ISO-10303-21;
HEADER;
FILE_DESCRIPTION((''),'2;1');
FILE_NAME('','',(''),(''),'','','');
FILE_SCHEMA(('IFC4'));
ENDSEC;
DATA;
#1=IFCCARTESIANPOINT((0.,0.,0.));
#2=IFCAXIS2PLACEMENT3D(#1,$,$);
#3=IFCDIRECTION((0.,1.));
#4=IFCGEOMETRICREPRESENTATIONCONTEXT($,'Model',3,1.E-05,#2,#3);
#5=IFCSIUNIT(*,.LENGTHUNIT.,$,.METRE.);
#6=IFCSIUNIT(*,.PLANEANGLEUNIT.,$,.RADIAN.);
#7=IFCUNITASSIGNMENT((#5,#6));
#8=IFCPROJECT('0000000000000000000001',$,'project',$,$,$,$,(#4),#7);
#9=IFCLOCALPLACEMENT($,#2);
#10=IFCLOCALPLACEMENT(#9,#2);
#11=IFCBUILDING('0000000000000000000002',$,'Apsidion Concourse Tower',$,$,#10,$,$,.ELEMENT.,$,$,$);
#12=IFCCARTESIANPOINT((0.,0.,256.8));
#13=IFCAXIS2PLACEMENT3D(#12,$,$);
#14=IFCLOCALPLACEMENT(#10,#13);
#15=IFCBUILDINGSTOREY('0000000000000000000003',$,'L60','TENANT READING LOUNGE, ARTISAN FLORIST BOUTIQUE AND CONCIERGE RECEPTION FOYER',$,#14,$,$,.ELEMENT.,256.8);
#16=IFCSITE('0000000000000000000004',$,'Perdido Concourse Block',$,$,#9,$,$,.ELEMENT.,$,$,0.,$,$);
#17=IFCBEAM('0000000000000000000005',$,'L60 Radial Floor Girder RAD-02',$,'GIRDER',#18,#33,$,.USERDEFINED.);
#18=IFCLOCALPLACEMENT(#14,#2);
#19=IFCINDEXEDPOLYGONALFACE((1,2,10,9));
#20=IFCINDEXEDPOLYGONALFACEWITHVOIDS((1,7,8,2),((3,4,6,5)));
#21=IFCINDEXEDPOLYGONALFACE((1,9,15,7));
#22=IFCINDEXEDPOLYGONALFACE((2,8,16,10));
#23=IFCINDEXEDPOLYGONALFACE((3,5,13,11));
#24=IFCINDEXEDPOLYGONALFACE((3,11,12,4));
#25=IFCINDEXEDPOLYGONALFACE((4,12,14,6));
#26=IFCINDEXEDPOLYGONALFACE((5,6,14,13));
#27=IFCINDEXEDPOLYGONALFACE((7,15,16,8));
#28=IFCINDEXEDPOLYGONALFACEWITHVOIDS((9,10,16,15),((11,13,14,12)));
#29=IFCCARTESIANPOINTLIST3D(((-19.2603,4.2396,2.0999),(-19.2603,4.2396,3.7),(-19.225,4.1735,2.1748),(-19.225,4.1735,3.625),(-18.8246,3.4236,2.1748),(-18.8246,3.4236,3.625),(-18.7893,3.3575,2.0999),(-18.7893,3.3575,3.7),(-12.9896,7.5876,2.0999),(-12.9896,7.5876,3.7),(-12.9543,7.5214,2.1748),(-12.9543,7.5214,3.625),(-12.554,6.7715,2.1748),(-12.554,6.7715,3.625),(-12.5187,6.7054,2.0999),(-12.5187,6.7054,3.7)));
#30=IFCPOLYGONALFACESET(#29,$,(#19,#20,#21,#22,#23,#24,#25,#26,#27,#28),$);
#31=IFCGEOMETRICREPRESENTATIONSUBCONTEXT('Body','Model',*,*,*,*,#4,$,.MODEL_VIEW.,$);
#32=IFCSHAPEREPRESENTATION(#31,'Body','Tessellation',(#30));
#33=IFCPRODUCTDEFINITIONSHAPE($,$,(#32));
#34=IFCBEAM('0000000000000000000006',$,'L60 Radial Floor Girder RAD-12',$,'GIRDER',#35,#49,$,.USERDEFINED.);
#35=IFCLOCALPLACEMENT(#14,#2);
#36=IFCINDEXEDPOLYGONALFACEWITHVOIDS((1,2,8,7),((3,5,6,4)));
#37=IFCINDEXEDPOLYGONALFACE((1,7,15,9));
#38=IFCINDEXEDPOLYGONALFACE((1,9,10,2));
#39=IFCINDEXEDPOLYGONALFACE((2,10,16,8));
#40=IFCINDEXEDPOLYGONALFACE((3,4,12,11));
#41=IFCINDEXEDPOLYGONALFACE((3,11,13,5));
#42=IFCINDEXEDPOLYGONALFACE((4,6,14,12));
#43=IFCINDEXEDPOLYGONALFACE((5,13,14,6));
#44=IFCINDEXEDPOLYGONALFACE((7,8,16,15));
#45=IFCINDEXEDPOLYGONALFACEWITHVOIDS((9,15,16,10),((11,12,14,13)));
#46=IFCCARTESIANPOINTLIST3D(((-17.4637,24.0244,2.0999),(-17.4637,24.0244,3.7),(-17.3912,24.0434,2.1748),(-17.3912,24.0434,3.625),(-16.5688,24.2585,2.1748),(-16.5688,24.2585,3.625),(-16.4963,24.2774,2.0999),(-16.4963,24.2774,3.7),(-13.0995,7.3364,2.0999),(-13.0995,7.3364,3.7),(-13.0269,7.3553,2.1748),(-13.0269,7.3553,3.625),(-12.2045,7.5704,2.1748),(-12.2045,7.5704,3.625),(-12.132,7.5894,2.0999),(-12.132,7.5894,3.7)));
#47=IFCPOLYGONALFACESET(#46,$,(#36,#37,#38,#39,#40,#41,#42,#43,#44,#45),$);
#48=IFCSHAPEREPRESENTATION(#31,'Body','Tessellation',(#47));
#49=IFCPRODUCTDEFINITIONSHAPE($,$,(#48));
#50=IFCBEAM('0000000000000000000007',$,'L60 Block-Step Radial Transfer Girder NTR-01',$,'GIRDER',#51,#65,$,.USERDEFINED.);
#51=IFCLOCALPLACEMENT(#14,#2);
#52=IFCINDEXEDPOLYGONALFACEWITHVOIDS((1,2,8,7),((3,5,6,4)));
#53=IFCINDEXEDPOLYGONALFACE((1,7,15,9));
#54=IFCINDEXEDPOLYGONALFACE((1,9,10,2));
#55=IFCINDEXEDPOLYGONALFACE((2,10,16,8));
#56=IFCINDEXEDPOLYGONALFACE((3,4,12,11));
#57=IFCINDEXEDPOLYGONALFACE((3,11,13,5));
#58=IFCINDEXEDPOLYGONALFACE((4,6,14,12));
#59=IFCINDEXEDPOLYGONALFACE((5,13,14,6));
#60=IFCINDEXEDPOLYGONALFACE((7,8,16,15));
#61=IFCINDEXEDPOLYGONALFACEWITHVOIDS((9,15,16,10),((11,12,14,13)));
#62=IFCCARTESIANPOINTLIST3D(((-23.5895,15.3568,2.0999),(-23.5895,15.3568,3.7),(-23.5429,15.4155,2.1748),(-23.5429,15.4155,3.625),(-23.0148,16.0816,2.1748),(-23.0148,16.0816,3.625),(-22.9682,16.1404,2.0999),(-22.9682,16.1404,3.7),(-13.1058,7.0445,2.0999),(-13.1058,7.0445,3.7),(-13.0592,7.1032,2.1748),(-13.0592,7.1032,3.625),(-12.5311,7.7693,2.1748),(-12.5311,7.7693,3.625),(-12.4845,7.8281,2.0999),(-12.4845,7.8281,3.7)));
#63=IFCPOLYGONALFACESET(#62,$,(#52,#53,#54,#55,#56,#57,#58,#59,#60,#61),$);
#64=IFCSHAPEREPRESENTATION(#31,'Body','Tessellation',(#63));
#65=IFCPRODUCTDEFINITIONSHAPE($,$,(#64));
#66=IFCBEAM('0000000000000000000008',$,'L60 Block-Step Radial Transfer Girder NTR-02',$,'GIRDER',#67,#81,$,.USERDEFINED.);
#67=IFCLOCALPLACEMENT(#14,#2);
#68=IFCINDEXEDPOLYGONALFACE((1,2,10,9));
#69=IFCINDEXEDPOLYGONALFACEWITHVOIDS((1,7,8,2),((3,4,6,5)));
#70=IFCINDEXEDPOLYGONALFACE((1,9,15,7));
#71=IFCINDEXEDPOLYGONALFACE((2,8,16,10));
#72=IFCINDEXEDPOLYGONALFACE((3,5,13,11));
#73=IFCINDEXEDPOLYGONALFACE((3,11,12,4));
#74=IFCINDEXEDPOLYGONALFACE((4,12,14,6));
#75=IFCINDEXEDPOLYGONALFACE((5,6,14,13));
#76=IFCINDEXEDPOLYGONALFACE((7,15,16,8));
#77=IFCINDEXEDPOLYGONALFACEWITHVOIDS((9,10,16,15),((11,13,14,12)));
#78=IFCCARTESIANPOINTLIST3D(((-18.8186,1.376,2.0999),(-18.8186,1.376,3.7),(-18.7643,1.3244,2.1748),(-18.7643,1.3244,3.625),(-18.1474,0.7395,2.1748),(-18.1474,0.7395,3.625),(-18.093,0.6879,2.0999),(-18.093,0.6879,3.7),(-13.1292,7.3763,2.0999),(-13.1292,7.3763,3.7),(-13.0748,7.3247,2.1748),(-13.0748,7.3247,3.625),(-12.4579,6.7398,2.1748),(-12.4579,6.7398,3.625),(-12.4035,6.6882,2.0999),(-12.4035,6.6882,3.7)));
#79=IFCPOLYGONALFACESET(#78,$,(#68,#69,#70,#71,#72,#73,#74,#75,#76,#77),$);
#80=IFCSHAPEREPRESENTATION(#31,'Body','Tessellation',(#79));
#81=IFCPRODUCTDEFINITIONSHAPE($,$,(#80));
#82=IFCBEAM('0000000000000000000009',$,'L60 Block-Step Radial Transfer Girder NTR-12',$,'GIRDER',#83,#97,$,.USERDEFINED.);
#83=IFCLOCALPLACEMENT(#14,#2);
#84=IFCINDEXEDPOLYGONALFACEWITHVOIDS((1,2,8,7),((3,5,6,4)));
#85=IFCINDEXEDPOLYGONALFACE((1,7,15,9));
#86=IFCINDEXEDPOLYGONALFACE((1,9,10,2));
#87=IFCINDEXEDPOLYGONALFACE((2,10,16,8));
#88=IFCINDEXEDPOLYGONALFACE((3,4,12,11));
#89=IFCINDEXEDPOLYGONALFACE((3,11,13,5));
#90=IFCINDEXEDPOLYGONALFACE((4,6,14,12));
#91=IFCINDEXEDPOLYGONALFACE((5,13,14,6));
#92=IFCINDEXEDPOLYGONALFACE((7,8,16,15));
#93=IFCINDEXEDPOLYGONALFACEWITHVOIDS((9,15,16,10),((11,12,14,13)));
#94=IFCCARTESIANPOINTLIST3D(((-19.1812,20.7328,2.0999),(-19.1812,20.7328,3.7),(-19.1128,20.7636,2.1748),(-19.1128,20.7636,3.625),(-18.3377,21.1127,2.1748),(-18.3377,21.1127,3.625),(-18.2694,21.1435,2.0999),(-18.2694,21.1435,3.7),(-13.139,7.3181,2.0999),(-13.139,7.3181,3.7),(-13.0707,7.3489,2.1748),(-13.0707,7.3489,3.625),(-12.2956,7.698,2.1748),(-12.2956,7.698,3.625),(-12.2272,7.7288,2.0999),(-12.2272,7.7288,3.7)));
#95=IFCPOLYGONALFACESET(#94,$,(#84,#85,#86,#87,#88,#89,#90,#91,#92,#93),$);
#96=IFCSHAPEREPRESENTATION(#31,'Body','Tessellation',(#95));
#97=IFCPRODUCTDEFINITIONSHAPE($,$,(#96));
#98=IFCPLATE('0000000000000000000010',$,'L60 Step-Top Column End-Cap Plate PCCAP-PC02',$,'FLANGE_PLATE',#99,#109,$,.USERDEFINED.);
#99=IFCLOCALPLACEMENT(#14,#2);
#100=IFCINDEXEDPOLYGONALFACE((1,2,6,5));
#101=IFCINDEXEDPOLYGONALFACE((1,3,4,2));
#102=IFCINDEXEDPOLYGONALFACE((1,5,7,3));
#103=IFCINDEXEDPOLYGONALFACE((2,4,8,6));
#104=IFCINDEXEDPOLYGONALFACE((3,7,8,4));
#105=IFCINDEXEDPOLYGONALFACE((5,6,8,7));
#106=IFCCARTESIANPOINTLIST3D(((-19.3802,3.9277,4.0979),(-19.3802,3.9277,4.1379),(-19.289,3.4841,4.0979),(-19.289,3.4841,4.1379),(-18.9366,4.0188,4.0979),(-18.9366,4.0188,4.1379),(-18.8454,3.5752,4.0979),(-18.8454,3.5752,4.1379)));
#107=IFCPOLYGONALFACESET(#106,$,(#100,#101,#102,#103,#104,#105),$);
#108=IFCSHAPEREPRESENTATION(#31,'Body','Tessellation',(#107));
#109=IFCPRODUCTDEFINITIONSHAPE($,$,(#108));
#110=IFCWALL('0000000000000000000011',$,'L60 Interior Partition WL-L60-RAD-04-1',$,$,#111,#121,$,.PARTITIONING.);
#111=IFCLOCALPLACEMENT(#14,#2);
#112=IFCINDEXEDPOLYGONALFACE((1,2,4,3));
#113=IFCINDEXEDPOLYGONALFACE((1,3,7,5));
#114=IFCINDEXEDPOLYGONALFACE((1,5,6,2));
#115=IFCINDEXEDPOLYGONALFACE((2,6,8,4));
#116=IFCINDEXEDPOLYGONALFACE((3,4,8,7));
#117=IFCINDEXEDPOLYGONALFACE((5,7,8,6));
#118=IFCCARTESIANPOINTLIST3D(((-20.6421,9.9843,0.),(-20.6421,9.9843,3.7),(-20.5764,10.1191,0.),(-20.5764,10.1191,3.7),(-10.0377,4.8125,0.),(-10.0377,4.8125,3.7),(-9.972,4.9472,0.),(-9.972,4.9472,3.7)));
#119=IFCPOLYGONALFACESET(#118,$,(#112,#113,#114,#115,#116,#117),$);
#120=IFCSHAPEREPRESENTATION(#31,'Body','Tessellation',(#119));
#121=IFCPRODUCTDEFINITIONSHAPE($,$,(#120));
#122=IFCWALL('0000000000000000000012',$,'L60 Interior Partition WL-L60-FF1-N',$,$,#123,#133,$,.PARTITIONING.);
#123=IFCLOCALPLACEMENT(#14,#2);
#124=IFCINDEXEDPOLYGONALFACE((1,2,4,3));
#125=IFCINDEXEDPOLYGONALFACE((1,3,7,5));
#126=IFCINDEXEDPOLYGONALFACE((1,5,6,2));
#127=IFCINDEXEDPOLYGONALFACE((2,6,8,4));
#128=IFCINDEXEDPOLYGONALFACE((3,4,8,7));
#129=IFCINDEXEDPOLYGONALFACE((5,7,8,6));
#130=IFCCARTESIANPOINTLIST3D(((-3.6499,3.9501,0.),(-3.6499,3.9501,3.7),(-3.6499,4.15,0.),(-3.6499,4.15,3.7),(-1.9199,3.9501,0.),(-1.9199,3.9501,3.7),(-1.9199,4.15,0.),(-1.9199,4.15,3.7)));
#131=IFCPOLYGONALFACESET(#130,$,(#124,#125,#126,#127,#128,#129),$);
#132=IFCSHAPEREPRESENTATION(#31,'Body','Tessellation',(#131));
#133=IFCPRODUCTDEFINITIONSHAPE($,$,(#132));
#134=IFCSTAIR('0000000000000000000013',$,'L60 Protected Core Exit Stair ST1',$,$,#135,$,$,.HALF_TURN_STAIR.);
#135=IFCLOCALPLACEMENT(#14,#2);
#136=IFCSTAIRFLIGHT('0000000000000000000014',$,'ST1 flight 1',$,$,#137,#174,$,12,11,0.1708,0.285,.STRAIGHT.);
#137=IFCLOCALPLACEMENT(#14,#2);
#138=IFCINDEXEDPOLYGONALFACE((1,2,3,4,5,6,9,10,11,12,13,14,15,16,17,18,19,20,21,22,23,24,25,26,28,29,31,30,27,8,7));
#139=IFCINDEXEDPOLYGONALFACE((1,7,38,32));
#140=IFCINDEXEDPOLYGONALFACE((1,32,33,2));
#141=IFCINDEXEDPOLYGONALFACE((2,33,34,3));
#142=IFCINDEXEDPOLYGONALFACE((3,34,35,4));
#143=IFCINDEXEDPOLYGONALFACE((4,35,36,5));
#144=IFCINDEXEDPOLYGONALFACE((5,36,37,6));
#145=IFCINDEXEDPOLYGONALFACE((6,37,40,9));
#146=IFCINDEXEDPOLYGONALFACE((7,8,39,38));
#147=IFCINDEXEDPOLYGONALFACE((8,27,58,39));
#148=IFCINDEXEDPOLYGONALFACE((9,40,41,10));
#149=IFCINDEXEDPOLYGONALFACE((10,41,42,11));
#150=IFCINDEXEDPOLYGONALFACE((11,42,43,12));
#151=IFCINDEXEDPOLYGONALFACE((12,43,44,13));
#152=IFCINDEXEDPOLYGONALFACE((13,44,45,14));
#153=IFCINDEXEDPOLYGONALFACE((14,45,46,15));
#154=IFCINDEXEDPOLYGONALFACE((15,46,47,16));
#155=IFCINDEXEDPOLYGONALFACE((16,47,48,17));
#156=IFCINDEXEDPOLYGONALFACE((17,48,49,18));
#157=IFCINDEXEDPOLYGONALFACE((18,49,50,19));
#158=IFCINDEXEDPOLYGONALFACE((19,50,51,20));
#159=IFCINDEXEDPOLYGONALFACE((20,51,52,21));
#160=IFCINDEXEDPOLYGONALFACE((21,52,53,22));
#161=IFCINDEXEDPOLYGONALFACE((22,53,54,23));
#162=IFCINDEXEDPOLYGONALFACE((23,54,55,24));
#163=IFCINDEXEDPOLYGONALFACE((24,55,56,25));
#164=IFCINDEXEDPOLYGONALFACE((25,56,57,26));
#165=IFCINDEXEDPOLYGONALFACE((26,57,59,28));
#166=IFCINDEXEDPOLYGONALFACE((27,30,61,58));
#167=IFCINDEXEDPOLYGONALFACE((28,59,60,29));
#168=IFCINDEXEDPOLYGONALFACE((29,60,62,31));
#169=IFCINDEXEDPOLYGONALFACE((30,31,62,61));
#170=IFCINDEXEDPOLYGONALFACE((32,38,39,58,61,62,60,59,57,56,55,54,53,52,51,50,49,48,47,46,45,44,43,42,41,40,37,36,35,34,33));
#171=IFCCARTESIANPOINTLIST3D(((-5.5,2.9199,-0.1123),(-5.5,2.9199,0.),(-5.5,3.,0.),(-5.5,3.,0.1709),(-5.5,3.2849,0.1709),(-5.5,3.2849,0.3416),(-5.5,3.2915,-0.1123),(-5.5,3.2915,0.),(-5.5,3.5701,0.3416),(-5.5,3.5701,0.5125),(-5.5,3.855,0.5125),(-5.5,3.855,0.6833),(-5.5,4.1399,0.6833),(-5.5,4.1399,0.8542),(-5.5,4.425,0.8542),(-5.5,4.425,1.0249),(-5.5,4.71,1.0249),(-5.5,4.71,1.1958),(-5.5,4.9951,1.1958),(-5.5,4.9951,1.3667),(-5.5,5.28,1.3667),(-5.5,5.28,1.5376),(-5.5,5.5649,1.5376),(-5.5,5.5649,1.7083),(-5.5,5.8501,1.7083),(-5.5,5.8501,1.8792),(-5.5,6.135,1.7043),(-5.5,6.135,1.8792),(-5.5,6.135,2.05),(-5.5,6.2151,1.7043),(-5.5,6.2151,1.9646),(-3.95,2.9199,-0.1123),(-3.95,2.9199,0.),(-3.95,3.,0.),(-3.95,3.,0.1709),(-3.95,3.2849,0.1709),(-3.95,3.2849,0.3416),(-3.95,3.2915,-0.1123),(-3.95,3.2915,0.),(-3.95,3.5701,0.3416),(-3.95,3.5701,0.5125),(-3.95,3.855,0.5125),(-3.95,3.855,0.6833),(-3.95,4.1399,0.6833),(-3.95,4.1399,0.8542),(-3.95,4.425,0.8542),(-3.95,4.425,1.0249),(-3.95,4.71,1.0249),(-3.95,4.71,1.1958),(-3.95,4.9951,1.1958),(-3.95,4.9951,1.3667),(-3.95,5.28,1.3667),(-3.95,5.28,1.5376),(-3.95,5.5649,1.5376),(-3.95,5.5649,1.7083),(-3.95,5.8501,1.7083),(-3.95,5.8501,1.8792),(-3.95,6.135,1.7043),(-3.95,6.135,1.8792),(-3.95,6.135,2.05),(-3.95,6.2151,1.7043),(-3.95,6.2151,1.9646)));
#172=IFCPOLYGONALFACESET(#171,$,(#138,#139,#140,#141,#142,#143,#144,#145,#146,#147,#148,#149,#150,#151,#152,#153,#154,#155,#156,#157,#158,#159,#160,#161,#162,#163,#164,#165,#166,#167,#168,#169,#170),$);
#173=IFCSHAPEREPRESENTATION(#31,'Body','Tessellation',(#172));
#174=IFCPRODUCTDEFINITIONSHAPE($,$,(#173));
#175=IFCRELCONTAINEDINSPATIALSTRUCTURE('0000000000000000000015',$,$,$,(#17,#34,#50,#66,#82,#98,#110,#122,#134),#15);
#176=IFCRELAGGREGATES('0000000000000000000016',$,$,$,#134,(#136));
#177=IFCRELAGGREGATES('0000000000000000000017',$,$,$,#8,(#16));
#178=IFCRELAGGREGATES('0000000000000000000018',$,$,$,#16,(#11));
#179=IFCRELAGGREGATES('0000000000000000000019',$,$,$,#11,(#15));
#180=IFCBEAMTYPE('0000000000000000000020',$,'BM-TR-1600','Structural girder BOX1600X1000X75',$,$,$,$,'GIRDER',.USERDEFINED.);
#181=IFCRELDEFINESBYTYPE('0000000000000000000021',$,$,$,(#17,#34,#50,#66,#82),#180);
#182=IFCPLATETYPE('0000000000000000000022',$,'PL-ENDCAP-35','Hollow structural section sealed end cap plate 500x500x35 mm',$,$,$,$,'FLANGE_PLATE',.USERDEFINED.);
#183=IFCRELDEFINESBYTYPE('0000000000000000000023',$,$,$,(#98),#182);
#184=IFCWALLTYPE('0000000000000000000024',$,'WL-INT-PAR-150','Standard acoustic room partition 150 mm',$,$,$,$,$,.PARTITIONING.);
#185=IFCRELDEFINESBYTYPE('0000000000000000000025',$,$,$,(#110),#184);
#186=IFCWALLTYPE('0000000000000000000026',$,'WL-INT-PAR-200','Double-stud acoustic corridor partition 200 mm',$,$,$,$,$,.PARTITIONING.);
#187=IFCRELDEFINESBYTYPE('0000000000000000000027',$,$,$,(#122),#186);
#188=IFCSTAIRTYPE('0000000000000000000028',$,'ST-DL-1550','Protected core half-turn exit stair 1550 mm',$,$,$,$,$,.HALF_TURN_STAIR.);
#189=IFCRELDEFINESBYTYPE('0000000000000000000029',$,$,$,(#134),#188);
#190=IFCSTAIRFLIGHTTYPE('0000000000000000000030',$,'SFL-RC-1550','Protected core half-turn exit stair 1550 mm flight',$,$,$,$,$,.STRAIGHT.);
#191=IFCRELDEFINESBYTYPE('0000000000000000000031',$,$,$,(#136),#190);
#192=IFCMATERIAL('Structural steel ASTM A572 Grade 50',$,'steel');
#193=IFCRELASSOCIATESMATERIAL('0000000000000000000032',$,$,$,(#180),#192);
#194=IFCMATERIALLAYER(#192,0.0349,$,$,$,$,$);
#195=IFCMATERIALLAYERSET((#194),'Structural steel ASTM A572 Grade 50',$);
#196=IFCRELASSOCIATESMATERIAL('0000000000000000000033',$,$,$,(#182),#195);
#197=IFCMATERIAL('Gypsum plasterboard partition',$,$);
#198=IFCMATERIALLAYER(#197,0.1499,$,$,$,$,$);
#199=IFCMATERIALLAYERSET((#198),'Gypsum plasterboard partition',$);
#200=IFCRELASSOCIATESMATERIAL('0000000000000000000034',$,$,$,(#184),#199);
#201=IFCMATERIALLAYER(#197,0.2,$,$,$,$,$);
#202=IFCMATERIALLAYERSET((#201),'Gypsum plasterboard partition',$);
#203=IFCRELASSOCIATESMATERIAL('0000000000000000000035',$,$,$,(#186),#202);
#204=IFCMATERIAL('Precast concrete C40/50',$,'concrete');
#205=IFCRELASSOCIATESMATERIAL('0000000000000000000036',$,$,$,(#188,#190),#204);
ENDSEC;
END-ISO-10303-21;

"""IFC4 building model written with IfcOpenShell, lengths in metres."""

from ifc_helpers import new_model, si_unit, direction, frame, frame_2d, origin, origin_2d, place, context, subcontext, project, spatial, polyline, rectangle, hollow_rectangle, outline, extrude, material, layer, layer_set, material_profile, profile_set, type_object, element, aggregate, save


model = new_model("IFC4")

# Units and contexts
model_context = context("Model", 3, precision=1e-05, world=origin(), true_north=direction((0.0, 1.0)))
body_context = subcontext(model_context, "Body", "Model", "MODEL_VIEW")
ifc_project = project(units=[si_unit("LENGTHUNIT", "METRE"), si_unit("PLANEANGLEUNIT", "RADIAN")], contexts=[model_context])

# Site, building, storey
site_placement = place(None, origin())
site = spatial("IfcSite", under=ifc_project, at=site_placement, Name="Perdido Concourse Block", CompositionType="ELEMENT", RefElevation=0.0)
building_placement = place(site_placement, origin())
building = spatial("IfcBuilding", under=site, at=building_placement, Name="Apsidion Concourse Tower", CompositionType="ELEMENT")
storey_placement = place(building_placement, frame((0.0, 0.0, 256.8)))
storey = spatial("IfcBuildingStorey", under=building, at=storey_placement, Name="L60", Description="TENANT READING LOUNGE, ARTISAN FLORIST BOUTIQUE AND CONCIERGE RECEPTION FOYER", CompositionType="ELEMENT", Elevation=256.8)

# Beams
ifc_material_1 = material(Name="Structural steel ASTM A572 Grade 50", Category="steel")
ifc_material_profile_1 = material_profile(ifc_material_1, hollow_rectangle(XDim=1.0, YDim=1.6001, WallThickness=0.075, at=origin_2d()), Name="BOX1600X1000X75")
ifc_profile_set_1 = profile_set([ifc_material_profile_1], Name="Structural steel ASTM A572 Grade 50")
beam_type_1 = type_object("IfcBeamType", Name="BM-TR-1600", Description="Structural girder BOX1600X1000X75", ElementType="GIRDER", PredefinedType="USERDEFINED", material=ifc_profile_set_1)
beam_1_placement = place(storey_placement, frame((-12.7542, 7.1465, 2.8999), z_axis=(-0.882141, -0.470986, 0.0), x_axis=(0.470986, -0.882141, 0.0)))
element("IfcBeam", 1, at=beam_1_placement, inside=storey, type_object=beam_type_1, Name="L60 Radial Floor Girder RAD-02", ObjectType="GIRDER", PredefinedType="USERDEFINED", context=body_context, shape_type="SweptSolid", body=[
    extrude(hollow_rectangle(XDim=1.0, YDim=1.6001, WallThickness=0.075, at=origin_2d()), origin(), (0.0, 0.0, 1.0), 7.1084),
])
beam_2_placement = place(storey_placement, frame((-12.6157, 7.4629, 2.8999), z_axis=(-0.253012, 0.967463, 0.0), x_axis=(-0.967463, -0.253012, 0.0)))
element("IfcBeam", 2, at=beam_2_placement, inside=storey, type_object=beam_type_1, Name="L60 Radial Floor Girder RAD-12", ObjectType="GIRDER", PredefinedType="USERDEFINED", context=body_context, shape_type="SweptSolid", body=[
    extrude(hollow_rectangle(XDim=1.0, YDim=1.6001, WallThickness=0.075, at=origin_2d()), origin(), (0.0, 0.0, 1.0), 17.2493),
])
beam_3_placement = place(storey_placement, frame((-12.7952, 7.4363, 2.8999), z_axis=(-0.783583, 0.621287, 0.0), x_axis=(-0.621287, -0.783583, 0.0)))
element("IfcBeam", 3, at=beam_3_placement, inside=storey, type_object=beam_type_1, Name="L60 Block-Step Radial Transfer Girder NTR-01", ObjectType="GIRDER", PredefinedType="USERDEFINED", context=body_context, shape_type="SweptSolid", body=[
    extrude(hollow_rectangle(XDim=1.0, YDim=1.6001, WallThickness=0.075, at=origin_2d()), origin(), (0.0, 0.0, 1.0), 13.3792),
])
beam_4_placement = place(storey_placement, frame((-12.7664, 7.0322, 2.8999), z_axis=(-0.688064, -0.72565, 0.0), x_axis=(0.72565, -0.688064, 0.0)))
element("IfcBeam", 4, at=beam_4_placement, inside=storey, type_object=beam_type_1, Name="L60 Block-Step Radial Transfer Girder NTR-02", ObjectType="GIRDER", PredefinedType="USERDEFINED", context=body_context, shape_type="SweptSolid", body=[
    extrude(hollow_rectangle(XDim=1.0, YDim=1.6001, WallThickness=0.075, at=origin_2d()), origin(), (0.0, 0.0, 1.0), 8.2688),
])
beam_5_placement = place(storey_placement, frame((-12.6831, 7.5234, 2.8999), z_axis=(-0.41068, 0.91178, 0.0), x_axis=(-0.91178, -0.41068, 0.0)))
element("IfcBeam", 5, at=beam_5_placement, inside=storey, type_object=beam_type_1, Name="L60 Block-Step Radial Transfer Girder NTR-12", ObjectType="GIRDER", PredefinedType="USERDEFINED", context=body_context, shape_type="SweptSolid", body=[
    extrude(hollow_rectangle(XDim=1.0, YDim=1.6001, WallThickness=0.075, at=origin_2d()), origin(), (0.0, 0.0, 1.0), 14.7126),
])

# Plate
ifc_layer_1 = layer(ifc_material_1, 0.0349)
ifc_layer_set_1 = layer_set([ifc_layer_1], Name="Structural steel ASTM A572 Grade 50")
plate_type = type_object("IfcPlateType", Name="PL-ENDCAP-35", Description="Hollow structural section sealed end cap plate 500x500x35 mm", ElementType="FLANGE_PLATE", PredefinedType="USERDEFINED", material=ifc_layer_set_1)
plate_placement = place(storey_placement, frame((-19.1128, 3.7515, 4.0979), z_axis=(0.0, 0.0, 1.0), x_axis=(-0.201249, 0.97954, 0.0)))
element("IfcPlate", 6, at=plate_placement, inside=storey, type_object=plate_type, Name="L60 Step-Top Column End-Cap Plate PCCAP-PC02", ObjectType="FLANGE_PLATE", PredefinedType="USERDEFINED", context=body_context, shape_type="SweptSolid", body=[
    extrude(rectangle(XDim=0.4529, YDim=0.4529, at=origin_2d()), origin(), (0.0, 0.0, 1.0), 0.04),
])

# Walls
ifc_material_2 = material(Name="Gypsum plasterboard partition")
ifc_layer_2 = layer(ifc_material_2, 0.1499)
ifc_layer_set_2 = layer_set([ifc_layer_2], Name="Gypsum plasterboard partition")
wall_type_1 = type_object("IfcWallType", Name="WL-INT-PAR-150", Description="Standard acoustic room partition 150 mm", PredefinedType="PARTITIONING", material=ifc_layer_set_2)
wall_1_placement = place(storey_placement, frame((-10.0049, 4.8799, 0.0), z_axis=(0.0, 0.0, 1.0), x_axis=(-0.898803, 0.438352, 0.0)))
element("IfcWall", 7, at=wall_1_placement, inside=storey, type_object=wall_type_1, Name="L60 Interior Partition WL-L60-RAD-04-1", PredefinedType="PARTITIONING", context=body_context, shape_type="SweptSolid", body=[
    extrude(rectangle(XDim=11.7983, YDim=0.1499, at=frame_2d((5.8992, 0.0))), origin(), (0.0, 0.0, 1.0), 3.7),
])
ifc_layer_3 = layer(ifc_material_2, 0.2)
ifc_layer_set_3 = layer_set([ifc_layer_3], Name="Gypsum plasterboard partition")
wall_type_2 = type_object("IfcWallType", Name="WL-INT-PAR-200", Description="Double-stud acoustic corridor partition 200 mm", PredefinedType="PARTITIONING", material=ifc_layer_set_3)
wall_2_placement = place(storey_placement, frame((-3.6499, 4.05, 0.0), z_axis=(0.0, 0.0, 1.0), x_axis=(1.0, 0.0, 0.0)))
element("IfcWall", 8, at=wall_2_placement, inside=storey, type_object=wall_type_2, Name="L60 Interior Partition WL-L60-FF1-N", PredefinedType="PARTITIONING", context=body_context, shape_type="SweptSolid", body=[
    extrude(rectangle(XDim=1.73, YDim=0.2, at=frame_2d((0.865, 0.0))), origin(), (0.0, 0.0, 1.0), 3.7),
])

# Stair, stair flight
ifc_material_3 = material(Name="Precast concrete C40/50", Category="concrete")
stair_type = type_object("IfcStairType", Name="ST-DL-1550", Description="Protected core half-turn exit stair 1550 mm", PredefinedType="HALF_TURN_STAIR", material=ifc_material_3)
stair_placement = place(storey_placement, origin())
stair = element("IfcStair", 9, at=stair_placement, inside=storey, type_object=stair_type, Name="L60 Protected Core Exit Stair ST1", PredefinedType="HALF_TURN_STAIR")
stair_flight_type = type_object("IfcStairFlightType", Name="SFL-RC-1550", Description="Protected core half-turn exit stair 1550 mm flight", PredefinedType="STRAIGHT", material=ifc_material_3)
stair_flight_1_placement = place(storey_placement, frame((-4.7251, 3.0, 0.0), z_axis=(0.0, 0.0, 1.0), x_axis=(0.0, 1.0, 0.0)))
stair_flight_1 = element("IfcStairFlight", 10, at=stair_flight_1_placement, type_object=stair_flight_type, Name="ST1 flight 1", NumberOfRisers=12, NumberOfTreads=11, PredefinedType="STRAIGHT", RiserHeight=0.1708, TreadLength=0.285, context=body_context, shape_type="SweptSolid", body=[
    extrude(outline(polyline([(-0.0801, -0.1123), (-0.0801, 0.0), (0.0, 0.0), (0.0, 0.1709), (0.2849, 0.1709), (0.2849, 0.3416), (0.5701, 0.3416), (0.5701, 0.5125), (0.855, 0.5125), (0.855, 0.6833), (1.1399, 0.6833), (1.1399, 0.8542), (1.425, 0.8542), (1.425, 1.0249), (1.71, 1.0249), (1.71, 1.1958), (1.9951, 1.1958), (1.9951, 1.3667), (2.28, 1.3667), (2.28, 1.5376), (2.5649, 1.5376), (2.5649, 1.7083), (2.8501, 1.7083), (2.8501, 1.8792), (3.135, 1.8792), (3.135, 2.05), (3.2151, 1.9646), (3.2151, 1.7043), (3.135, 1.7043), (0.2915, 0.0), (0.2915, -0.1123), (-0.0801, -0.1123)])), frame((0.0, 0.7749, 0.0), z_axis=(0.0, -1.0, 0.0), x_axis=(1.0, 0.0, 0.0)), (0.0, 0.0, 1.0), 1.55),
])
aggregate(stair, [stair_flight_1])

save(model, "model.ifc")
